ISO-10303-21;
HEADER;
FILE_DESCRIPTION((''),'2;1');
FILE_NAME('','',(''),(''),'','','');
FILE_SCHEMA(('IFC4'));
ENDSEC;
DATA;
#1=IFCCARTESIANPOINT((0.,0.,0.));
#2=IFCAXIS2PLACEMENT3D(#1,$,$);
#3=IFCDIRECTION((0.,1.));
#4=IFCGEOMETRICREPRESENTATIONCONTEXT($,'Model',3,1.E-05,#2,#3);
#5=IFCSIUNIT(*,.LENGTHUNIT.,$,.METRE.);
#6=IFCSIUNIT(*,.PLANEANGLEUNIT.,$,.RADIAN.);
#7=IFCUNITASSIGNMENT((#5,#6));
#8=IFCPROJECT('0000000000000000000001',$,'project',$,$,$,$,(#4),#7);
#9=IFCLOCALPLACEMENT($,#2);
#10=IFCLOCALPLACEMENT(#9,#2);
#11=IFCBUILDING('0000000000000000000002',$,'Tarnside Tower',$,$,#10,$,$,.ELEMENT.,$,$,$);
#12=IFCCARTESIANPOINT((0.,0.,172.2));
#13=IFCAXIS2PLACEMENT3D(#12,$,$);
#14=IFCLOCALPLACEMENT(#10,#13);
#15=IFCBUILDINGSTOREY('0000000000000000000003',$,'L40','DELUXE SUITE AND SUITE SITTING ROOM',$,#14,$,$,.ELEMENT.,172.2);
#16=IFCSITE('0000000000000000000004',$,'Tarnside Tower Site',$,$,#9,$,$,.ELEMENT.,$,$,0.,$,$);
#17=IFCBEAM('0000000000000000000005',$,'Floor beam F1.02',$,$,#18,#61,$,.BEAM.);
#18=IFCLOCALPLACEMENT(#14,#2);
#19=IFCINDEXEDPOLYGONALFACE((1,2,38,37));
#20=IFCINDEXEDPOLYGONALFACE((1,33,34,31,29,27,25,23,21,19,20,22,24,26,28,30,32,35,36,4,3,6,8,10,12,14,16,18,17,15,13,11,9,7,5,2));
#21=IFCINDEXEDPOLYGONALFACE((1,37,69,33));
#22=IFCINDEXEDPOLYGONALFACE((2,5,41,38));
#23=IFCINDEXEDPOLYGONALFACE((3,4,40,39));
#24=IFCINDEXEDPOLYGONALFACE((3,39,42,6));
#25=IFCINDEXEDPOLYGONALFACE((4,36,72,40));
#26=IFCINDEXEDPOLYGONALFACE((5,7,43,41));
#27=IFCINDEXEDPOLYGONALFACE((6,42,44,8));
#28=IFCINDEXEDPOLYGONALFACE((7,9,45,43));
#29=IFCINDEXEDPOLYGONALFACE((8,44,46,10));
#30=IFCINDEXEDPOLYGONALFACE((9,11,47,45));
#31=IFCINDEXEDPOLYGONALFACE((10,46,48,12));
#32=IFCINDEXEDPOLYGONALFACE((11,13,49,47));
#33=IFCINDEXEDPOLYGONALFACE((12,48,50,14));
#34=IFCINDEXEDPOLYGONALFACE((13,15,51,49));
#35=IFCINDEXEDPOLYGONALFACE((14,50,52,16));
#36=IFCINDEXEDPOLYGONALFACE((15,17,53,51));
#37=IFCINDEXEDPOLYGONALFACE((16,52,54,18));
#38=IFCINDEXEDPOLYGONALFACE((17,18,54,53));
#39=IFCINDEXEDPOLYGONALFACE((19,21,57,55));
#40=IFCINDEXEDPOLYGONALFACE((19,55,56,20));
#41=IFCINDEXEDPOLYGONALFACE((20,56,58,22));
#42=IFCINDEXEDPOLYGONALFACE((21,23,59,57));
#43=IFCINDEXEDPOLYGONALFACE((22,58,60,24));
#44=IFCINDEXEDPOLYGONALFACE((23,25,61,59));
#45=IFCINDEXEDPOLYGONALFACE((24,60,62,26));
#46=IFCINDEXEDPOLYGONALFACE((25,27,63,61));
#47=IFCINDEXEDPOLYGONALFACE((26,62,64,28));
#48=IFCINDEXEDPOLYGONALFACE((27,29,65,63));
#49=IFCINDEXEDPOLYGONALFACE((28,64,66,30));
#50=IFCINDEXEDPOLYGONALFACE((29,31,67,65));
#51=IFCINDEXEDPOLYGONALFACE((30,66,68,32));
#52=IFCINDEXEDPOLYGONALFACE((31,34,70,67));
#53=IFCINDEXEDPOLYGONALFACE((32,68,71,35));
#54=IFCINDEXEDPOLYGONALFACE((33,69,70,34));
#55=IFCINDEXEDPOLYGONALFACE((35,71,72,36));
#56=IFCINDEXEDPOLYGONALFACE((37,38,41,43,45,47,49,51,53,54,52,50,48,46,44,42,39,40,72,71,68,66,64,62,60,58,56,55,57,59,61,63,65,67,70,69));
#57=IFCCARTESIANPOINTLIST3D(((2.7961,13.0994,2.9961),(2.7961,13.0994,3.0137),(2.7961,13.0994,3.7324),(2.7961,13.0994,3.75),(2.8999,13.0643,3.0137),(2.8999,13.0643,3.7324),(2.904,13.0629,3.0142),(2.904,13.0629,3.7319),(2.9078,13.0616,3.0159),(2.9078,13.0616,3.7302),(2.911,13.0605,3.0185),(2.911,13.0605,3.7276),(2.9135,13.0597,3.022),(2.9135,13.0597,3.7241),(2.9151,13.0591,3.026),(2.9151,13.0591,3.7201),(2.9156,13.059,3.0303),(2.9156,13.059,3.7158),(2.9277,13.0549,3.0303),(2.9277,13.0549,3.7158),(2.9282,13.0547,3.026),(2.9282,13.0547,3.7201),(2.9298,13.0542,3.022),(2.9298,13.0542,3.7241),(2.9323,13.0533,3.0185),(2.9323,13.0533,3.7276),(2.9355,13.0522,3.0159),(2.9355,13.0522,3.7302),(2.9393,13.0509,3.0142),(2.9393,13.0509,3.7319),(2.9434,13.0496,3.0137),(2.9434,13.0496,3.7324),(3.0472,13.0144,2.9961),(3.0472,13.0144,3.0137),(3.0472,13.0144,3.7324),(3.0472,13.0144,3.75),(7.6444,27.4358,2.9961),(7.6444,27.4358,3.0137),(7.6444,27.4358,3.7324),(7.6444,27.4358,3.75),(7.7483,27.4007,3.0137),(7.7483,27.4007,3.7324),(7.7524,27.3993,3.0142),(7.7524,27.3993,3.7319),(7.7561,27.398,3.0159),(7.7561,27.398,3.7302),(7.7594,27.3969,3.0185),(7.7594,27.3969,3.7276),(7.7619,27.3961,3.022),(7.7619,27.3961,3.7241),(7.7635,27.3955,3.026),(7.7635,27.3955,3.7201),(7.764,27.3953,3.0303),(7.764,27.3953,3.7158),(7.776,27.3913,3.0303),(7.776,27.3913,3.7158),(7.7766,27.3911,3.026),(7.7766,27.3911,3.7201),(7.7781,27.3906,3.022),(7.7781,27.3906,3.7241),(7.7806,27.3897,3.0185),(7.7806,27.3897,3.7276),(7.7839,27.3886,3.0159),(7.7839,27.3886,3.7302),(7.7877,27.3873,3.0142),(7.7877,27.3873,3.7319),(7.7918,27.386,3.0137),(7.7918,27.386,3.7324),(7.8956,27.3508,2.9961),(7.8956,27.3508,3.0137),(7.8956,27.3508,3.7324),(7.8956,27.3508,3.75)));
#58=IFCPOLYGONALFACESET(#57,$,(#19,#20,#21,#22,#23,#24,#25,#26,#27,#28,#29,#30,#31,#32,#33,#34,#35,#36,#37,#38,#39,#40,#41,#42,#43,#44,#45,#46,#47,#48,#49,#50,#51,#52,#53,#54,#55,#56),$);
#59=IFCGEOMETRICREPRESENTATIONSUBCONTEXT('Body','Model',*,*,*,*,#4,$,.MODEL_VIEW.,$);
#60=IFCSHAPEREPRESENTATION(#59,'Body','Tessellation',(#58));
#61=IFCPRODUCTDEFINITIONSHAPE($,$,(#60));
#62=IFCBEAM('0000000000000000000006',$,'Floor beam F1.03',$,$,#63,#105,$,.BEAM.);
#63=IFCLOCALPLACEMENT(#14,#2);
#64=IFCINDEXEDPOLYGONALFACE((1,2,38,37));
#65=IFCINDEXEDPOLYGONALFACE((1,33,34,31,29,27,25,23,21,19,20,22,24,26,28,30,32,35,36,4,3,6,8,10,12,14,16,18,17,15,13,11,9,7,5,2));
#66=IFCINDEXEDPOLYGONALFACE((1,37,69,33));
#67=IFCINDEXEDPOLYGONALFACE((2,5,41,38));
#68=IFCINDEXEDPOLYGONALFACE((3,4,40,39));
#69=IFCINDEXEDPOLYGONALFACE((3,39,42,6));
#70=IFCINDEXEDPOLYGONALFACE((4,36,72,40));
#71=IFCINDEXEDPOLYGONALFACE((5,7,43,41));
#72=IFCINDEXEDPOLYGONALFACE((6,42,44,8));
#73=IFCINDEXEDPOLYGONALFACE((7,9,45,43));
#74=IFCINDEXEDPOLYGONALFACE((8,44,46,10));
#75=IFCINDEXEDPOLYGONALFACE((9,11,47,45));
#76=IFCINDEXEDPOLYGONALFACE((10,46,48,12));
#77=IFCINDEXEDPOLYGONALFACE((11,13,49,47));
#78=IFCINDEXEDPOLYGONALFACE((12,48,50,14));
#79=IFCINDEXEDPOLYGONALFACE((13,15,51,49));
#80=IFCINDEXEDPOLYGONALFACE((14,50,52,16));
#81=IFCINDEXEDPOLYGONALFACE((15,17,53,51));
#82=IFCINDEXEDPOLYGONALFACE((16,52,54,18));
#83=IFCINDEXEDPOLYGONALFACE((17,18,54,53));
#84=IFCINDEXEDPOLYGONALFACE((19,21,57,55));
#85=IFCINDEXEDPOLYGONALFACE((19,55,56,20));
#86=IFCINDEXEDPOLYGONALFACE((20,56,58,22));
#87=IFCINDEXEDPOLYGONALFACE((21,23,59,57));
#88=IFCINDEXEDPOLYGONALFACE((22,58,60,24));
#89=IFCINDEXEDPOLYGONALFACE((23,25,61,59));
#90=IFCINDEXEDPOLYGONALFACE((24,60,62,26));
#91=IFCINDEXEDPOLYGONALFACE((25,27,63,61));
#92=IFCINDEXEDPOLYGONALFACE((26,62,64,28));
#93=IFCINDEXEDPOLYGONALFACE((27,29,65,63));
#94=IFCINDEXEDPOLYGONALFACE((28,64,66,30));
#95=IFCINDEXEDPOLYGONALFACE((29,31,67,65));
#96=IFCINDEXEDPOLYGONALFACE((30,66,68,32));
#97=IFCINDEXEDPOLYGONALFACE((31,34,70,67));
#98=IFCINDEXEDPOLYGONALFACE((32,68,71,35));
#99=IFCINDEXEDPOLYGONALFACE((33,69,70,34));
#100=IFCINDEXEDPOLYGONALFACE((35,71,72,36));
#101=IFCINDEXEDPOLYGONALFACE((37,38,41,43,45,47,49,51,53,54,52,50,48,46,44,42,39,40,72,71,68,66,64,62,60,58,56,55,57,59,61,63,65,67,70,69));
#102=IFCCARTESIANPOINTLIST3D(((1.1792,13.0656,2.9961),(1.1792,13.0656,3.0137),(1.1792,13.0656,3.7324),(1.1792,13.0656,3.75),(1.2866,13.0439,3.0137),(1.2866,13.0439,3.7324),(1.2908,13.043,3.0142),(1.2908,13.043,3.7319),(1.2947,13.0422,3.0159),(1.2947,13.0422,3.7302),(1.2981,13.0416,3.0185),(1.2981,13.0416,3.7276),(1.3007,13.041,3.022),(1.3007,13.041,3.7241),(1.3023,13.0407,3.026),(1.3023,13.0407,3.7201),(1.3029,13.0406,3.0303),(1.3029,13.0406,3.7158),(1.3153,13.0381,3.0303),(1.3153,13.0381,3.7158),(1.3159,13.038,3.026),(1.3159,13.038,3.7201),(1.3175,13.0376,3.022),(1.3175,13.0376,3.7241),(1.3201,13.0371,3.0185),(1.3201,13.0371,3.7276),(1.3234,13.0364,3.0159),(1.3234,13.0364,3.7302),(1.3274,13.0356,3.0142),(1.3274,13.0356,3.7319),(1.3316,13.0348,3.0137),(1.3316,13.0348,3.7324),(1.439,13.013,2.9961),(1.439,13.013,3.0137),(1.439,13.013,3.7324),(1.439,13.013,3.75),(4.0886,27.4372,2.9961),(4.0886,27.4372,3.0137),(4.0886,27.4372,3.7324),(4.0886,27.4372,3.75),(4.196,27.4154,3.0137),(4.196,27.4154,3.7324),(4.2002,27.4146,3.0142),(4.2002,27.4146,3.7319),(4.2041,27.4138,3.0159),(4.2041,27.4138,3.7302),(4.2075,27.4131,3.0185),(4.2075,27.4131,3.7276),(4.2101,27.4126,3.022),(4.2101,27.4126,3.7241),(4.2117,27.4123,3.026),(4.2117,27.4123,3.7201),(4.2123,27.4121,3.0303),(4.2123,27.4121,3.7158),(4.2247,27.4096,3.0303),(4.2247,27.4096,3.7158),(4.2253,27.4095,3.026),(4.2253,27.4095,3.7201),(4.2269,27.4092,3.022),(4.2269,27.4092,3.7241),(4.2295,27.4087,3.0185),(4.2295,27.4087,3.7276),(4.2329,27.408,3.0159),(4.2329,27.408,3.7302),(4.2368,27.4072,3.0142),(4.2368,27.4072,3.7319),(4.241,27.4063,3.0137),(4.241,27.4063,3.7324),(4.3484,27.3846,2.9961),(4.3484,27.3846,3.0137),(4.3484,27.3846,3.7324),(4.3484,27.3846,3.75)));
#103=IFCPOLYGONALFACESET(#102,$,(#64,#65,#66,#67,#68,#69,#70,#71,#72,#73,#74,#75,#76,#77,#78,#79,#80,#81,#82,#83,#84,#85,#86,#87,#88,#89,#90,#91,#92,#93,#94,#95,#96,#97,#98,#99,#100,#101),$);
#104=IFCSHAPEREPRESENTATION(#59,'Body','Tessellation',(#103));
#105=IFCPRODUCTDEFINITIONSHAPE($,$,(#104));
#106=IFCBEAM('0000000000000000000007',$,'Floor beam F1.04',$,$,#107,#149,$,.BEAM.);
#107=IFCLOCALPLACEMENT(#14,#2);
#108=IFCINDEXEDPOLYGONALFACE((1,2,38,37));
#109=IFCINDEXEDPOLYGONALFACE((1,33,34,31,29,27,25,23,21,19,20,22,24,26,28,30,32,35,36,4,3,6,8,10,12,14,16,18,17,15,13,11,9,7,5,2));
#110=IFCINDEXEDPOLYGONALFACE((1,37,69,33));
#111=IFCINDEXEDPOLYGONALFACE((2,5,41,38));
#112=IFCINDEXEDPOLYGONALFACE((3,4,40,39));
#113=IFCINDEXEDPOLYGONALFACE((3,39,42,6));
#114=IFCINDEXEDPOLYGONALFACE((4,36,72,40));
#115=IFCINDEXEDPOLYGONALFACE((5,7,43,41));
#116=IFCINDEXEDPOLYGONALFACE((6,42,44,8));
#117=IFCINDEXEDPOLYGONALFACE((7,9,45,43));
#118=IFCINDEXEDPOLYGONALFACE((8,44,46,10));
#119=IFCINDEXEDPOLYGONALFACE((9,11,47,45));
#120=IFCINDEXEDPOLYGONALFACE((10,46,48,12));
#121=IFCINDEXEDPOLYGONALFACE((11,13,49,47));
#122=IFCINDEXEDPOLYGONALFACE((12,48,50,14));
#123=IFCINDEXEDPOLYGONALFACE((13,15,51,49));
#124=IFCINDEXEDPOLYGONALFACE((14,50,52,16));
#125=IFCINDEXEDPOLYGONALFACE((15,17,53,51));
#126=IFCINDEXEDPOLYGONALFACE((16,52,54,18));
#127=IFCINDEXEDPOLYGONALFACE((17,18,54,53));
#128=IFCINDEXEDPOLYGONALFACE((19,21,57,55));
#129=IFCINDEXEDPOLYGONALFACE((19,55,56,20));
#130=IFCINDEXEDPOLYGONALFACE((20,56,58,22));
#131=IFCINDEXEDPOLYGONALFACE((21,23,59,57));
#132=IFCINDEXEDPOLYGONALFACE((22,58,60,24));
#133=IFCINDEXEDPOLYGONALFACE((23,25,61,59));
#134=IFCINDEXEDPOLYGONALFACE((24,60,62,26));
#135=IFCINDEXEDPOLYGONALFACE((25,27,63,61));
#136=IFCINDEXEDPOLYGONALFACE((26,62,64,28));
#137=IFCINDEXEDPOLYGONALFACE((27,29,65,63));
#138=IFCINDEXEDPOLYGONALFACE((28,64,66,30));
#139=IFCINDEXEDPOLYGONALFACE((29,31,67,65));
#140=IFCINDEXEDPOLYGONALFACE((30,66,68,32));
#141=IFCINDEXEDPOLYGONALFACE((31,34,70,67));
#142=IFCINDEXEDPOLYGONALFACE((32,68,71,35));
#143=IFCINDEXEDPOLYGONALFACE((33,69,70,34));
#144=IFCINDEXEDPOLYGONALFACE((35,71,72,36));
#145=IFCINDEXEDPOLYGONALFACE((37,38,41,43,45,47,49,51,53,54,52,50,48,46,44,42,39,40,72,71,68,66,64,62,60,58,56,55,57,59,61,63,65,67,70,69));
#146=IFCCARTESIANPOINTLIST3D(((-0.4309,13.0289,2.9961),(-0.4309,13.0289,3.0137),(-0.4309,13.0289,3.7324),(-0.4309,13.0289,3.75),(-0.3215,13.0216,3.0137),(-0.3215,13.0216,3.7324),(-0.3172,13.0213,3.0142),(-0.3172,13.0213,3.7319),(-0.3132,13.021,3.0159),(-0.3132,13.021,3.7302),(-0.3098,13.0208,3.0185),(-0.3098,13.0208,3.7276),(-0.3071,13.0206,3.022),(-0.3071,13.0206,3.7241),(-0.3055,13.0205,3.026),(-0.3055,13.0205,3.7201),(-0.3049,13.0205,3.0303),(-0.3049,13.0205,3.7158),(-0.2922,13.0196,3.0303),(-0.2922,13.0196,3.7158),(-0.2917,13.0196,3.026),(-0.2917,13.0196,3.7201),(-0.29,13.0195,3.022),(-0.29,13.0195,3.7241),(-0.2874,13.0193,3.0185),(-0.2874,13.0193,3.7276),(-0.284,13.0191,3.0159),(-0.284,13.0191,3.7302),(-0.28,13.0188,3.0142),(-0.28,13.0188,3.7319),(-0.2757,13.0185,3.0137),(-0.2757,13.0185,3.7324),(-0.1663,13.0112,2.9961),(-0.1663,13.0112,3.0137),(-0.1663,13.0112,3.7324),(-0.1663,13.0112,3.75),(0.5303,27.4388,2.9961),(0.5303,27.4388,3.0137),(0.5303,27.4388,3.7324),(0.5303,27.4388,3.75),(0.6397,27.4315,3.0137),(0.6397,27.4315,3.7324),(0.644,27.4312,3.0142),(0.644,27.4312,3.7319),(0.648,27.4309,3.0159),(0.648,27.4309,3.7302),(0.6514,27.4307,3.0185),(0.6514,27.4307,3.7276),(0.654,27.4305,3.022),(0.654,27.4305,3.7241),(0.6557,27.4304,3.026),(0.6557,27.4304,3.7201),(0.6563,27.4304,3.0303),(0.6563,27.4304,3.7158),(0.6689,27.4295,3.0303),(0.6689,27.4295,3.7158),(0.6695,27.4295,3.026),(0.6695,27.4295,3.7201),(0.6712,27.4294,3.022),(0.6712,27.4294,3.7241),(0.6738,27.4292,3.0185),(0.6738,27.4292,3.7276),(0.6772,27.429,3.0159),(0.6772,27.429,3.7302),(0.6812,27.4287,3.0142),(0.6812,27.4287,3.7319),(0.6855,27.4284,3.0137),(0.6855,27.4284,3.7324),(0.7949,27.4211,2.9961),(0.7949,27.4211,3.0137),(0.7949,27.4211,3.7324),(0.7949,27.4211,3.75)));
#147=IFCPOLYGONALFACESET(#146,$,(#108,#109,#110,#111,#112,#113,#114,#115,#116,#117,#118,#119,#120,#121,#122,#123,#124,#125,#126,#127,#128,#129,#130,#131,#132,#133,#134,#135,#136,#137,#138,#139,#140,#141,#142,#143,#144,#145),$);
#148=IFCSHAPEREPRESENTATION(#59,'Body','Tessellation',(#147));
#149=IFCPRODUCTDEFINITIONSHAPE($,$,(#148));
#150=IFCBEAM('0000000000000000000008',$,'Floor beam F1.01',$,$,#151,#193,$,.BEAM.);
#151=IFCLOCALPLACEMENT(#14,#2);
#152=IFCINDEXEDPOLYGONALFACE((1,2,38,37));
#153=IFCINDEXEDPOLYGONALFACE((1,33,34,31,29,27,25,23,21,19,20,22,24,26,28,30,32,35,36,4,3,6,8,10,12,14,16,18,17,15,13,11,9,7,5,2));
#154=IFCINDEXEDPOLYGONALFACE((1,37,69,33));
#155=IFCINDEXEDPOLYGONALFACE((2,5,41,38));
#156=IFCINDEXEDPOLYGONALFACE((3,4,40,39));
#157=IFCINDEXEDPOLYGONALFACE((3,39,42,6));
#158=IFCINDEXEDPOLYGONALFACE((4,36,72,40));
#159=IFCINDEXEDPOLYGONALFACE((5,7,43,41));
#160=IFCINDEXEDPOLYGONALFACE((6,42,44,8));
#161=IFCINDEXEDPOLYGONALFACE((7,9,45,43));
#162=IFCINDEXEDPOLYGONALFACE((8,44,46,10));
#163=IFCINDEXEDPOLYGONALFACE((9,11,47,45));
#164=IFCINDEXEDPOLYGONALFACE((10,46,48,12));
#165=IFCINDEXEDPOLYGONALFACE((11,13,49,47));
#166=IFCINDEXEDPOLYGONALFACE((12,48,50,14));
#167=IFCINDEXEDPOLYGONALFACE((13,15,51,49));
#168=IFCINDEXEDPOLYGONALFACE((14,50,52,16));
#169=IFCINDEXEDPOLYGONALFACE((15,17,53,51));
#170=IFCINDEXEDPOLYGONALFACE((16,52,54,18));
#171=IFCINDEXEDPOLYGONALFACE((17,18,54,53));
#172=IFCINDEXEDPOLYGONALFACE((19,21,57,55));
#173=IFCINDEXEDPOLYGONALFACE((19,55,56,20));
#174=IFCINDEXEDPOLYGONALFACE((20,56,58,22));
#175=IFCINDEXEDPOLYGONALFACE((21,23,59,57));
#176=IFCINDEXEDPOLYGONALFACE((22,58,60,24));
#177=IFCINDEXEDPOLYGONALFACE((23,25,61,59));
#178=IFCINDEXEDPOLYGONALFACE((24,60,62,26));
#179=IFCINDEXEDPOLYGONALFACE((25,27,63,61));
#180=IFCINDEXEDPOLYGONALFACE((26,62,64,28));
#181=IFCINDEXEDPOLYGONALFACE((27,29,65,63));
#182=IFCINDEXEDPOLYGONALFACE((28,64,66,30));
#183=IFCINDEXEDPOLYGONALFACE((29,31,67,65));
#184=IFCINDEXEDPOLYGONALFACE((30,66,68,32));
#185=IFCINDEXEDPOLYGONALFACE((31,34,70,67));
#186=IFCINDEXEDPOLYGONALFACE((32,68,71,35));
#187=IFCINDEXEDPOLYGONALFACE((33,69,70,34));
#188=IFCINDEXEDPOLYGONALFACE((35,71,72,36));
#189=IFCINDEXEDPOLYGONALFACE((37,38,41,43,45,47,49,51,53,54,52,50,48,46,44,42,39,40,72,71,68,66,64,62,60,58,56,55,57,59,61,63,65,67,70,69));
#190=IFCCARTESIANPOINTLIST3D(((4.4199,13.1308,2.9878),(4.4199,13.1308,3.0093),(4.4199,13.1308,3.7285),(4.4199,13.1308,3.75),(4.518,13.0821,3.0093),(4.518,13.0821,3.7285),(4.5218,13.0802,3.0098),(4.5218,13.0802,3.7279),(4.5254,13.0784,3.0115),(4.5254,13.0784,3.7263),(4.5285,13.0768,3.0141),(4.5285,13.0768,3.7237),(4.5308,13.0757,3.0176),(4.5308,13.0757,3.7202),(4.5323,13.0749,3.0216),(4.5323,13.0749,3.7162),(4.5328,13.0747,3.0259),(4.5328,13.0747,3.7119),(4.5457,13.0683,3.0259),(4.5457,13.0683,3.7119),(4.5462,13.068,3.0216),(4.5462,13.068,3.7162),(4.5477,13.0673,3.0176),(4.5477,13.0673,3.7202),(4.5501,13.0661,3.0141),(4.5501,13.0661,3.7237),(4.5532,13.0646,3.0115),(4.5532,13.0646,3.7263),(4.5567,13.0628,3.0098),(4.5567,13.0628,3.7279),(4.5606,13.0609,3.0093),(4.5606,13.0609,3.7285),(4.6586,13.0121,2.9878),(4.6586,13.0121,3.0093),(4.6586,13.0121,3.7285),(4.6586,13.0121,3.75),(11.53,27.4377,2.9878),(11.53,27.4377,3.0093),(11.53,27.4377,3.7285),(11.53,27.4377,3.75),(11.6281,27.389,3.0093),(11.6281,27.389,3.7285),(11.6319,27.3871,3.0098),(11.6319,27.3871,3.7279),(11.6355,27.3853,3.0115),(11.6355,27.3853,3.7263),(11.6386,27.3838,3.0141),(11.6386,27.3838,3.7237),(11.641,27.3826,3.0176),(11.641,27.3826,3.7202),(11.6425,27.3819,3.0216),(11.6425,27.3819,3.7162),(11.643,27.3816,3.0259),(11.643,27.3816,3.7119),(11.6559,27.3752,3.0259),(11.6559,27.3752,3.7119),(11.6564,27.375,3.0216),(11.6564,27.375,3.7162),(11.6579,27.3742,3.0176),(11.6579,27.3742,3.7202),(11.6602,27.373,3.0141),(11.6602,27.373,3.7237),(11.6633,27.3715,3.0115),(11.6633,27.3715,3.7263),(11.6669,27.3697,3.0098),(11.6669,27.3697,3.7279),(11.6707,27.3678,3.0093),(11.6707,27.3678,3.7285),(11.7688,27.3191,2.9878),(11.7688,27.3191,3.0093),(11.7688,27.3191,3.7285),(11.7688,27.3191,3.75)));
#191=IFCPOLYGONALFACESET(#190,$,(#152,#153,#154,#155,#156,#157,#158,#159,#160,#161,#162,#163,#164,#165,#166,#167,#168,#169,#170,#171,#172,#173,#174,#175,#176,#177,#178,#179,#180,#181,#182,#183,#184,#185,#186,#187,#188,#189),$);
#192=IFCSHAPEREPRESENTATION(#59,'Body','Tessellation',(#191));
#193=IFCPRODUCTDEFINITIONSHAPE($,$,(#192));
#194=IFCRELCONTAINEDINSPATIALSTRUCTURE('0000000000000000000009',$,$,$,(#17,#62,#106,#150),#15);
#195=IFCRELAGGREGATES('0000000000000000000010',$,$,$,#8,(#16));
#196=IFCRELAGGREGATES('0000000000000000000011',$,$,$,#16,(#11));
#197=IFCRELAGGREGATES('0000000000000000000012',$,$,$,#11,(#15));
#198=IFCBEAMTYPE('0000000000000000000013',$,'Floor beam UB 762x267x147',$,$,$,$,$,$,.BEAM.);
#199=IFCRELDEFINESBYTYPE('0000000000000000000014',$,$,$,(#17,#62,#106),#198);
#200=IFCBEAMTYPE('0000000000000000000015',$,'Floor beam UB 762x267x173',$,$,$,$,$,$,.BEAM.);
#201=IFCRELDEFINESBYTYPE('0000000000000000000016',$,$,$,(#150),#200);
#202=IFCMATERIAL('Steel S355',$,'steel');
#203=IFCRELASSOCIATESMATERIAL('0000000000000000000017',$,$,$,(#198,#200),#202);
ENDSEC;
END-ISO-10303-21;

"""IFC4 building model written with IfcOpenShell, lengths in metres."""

from ifc_helpers import new_model, si_unit, direction, frame, origin, origin_2d, place, context, subcontext, project, spatial, i_section, extrude, material, material_profile, profile_set, type_object, element, save


model = new_model("IFC4")

# Units and contexts
model_context = context("Model", 3, precision=1e-05, world=origin(), true_north=direction((0.0, 1.0)))
body_context = subcontext(model_context, "Body", "Model", "MODEL_VIEW")
ifc_project = project(units=[si_unit("LENGTHUNIT", "METRE"), si_unit("PLANEANGLEUNIT", "RADIAN")], contexts=[model_context])

# Site, building, storey
site_placement = place(None, origin())
site = spatial("IfcSite", under=ifc_project, at=site_placement, Name="Tarnside Tower Site", CompositionType="ELEMENT", RefElevation=0.0)
building_placement = place(site_placement, origin())
building = spatial("IfcBuilding", under=site, at=building_placement, Name="Tarnside Tower", CompositionType="ELEMENT")
storey_placement = place(building_placement, frame((0.0, 0.0, 172.2)))
storey = spatial("IfcBuildingStorey", under=building, at=storey_placement, Name="L40", Description="DELUXE SUITE AND SUITE SITTING ROOM", CompositionType="ELEMENT", Elevation=172.2)

# Beams
ifc_material_1 = material(Name="Steel S355", Category="steel")
ifc_material_profile_1 = material_profile(ifc_material_1, i_section(OverallWidth=0.2651, OverallDepth=0.7539, WebThickness=0.0127, FlangeThickness=0.0176, FilletRadius=0.0166, at=origin_2d()), Name="UB 762x267x147")
ifc_profile_set_1 = profile_set([ifc_material_profile_1], Name="Steel S355")
beam_type_1 = type_object("IfcBeamType", Name="Floor beam UB 762x267x147", PredefinedType="BEAM", material=ifc_profile_set_1)
beam_1_placement = place(storey_placement, frame((7.77, 27.3933, 3.373), z_axis=(-0.320363, -0.947295, 0.0), x_axis=(0.947295, -0.320363, 0.0)))
element("IfcBeam", 1, at=beam_1_placement, inside=storey, type_object=beam_type_1, Name="Floor beam F1.02", PredefinedType="BEAM", context=body_context, shape_type="SweptSolid", body=[
    extrude(i_section(OverallWidth=0.2651, OverallDepth=0.7539, WebThickness=0.0127, FlangeThickness=0.0176, FilletRadius=0.0166, at=origin_2d()), origin(), (0.0, 0.0, 1.0), 15.134),
])
beam_2_placement = place(storey_placement, frame((4.2185, 27.4109, 3.373), z_axis=(-0.198418, -0.980118, 0.0), x_axis=(0.980118, -0.198418, 0.0)))
element("IfcBeam", 2, at=beam_2_placement, inside=storey, type_object=beam_type_1, Name="Floor beam F1.03", PredefinedType="BEAM", context=body_context, shape_type="SweptSolid", body=[
    extrude(i_section(OverallWidth=0.2651, OverallDepth=0.7539, WebThickness=0.0127, FlangeThickness=0.0176, FilletRadius=0.0166, at=origin_2d()), origin(), (0.0, 0.0, 1.0), 14.6631),
])
beam_3_placement = place(storey_placement, frame((0.6626, 27.4299, 3.373), z_axis=(-0.066555, -0.997783, 0.0), x_axis=(0.997783, -0.066555, 0.0)))
element("IfcBeam", 3, at=beam_3_placement, inside=storey, type_object=beam_type_1, Name="Floor beam F1.04", PredefinedType="BEAM", context=body_context, shape_type="SweptSolid", body=[
    extrude(i_section(OverallWidth=0.2651, OverallDepth=0.7539, WebThickness=0.0127, FlangeThickness=0.0176, FilletRadius=0.0166, at=origin_2d()), origin(), (0.0, 0.0, 1.0), 14.4419),
])
ifc_material_profile_2 = material_profile(ifc_material_1, i_section(OverallWidth=0.2666, OverallDepth=0.7622, WebThickness=0.0144, FlangeThickness=0.0215, FilletRadius=0.0166, at=origin_2d()), Name="UB 762x267x173")
ifc_profile_set_2 = profile_set([ifc_material_profile_2], Name="Steel S355")
beam_type_2 = type_object("IfcBeamType", Name="Floor beam UB 762x267x173", PredefinedType="BEAM", material=ifc_profile_set_2)
beam_4_placement = place(storey_placement, frame((11.6494, 27.3784, 3.3689), z_axis=(-0.445042, -0.89551, 0.0), x_axis=(0.89551, -0.445042, 0.0)))
element("IfcBeam", 4, at=beam_4_placement, inside=storey, type_object=beam_type_2, Name="Floor beam F1.01", PredefinedType="BEAM", context=body_context, shape_type="SweptSolid", body=[
    extrude(i_section(OverallWidth=0.2666, OverallDepth=0.7622, WebThickness=0.0144, FlangeThickness=0.0215, FilletRadius=0.0166, at=origin_2d()), origin(), (0.0, 0.0, 1.0), 15.9763),
])

save(model, "model.ifc")
